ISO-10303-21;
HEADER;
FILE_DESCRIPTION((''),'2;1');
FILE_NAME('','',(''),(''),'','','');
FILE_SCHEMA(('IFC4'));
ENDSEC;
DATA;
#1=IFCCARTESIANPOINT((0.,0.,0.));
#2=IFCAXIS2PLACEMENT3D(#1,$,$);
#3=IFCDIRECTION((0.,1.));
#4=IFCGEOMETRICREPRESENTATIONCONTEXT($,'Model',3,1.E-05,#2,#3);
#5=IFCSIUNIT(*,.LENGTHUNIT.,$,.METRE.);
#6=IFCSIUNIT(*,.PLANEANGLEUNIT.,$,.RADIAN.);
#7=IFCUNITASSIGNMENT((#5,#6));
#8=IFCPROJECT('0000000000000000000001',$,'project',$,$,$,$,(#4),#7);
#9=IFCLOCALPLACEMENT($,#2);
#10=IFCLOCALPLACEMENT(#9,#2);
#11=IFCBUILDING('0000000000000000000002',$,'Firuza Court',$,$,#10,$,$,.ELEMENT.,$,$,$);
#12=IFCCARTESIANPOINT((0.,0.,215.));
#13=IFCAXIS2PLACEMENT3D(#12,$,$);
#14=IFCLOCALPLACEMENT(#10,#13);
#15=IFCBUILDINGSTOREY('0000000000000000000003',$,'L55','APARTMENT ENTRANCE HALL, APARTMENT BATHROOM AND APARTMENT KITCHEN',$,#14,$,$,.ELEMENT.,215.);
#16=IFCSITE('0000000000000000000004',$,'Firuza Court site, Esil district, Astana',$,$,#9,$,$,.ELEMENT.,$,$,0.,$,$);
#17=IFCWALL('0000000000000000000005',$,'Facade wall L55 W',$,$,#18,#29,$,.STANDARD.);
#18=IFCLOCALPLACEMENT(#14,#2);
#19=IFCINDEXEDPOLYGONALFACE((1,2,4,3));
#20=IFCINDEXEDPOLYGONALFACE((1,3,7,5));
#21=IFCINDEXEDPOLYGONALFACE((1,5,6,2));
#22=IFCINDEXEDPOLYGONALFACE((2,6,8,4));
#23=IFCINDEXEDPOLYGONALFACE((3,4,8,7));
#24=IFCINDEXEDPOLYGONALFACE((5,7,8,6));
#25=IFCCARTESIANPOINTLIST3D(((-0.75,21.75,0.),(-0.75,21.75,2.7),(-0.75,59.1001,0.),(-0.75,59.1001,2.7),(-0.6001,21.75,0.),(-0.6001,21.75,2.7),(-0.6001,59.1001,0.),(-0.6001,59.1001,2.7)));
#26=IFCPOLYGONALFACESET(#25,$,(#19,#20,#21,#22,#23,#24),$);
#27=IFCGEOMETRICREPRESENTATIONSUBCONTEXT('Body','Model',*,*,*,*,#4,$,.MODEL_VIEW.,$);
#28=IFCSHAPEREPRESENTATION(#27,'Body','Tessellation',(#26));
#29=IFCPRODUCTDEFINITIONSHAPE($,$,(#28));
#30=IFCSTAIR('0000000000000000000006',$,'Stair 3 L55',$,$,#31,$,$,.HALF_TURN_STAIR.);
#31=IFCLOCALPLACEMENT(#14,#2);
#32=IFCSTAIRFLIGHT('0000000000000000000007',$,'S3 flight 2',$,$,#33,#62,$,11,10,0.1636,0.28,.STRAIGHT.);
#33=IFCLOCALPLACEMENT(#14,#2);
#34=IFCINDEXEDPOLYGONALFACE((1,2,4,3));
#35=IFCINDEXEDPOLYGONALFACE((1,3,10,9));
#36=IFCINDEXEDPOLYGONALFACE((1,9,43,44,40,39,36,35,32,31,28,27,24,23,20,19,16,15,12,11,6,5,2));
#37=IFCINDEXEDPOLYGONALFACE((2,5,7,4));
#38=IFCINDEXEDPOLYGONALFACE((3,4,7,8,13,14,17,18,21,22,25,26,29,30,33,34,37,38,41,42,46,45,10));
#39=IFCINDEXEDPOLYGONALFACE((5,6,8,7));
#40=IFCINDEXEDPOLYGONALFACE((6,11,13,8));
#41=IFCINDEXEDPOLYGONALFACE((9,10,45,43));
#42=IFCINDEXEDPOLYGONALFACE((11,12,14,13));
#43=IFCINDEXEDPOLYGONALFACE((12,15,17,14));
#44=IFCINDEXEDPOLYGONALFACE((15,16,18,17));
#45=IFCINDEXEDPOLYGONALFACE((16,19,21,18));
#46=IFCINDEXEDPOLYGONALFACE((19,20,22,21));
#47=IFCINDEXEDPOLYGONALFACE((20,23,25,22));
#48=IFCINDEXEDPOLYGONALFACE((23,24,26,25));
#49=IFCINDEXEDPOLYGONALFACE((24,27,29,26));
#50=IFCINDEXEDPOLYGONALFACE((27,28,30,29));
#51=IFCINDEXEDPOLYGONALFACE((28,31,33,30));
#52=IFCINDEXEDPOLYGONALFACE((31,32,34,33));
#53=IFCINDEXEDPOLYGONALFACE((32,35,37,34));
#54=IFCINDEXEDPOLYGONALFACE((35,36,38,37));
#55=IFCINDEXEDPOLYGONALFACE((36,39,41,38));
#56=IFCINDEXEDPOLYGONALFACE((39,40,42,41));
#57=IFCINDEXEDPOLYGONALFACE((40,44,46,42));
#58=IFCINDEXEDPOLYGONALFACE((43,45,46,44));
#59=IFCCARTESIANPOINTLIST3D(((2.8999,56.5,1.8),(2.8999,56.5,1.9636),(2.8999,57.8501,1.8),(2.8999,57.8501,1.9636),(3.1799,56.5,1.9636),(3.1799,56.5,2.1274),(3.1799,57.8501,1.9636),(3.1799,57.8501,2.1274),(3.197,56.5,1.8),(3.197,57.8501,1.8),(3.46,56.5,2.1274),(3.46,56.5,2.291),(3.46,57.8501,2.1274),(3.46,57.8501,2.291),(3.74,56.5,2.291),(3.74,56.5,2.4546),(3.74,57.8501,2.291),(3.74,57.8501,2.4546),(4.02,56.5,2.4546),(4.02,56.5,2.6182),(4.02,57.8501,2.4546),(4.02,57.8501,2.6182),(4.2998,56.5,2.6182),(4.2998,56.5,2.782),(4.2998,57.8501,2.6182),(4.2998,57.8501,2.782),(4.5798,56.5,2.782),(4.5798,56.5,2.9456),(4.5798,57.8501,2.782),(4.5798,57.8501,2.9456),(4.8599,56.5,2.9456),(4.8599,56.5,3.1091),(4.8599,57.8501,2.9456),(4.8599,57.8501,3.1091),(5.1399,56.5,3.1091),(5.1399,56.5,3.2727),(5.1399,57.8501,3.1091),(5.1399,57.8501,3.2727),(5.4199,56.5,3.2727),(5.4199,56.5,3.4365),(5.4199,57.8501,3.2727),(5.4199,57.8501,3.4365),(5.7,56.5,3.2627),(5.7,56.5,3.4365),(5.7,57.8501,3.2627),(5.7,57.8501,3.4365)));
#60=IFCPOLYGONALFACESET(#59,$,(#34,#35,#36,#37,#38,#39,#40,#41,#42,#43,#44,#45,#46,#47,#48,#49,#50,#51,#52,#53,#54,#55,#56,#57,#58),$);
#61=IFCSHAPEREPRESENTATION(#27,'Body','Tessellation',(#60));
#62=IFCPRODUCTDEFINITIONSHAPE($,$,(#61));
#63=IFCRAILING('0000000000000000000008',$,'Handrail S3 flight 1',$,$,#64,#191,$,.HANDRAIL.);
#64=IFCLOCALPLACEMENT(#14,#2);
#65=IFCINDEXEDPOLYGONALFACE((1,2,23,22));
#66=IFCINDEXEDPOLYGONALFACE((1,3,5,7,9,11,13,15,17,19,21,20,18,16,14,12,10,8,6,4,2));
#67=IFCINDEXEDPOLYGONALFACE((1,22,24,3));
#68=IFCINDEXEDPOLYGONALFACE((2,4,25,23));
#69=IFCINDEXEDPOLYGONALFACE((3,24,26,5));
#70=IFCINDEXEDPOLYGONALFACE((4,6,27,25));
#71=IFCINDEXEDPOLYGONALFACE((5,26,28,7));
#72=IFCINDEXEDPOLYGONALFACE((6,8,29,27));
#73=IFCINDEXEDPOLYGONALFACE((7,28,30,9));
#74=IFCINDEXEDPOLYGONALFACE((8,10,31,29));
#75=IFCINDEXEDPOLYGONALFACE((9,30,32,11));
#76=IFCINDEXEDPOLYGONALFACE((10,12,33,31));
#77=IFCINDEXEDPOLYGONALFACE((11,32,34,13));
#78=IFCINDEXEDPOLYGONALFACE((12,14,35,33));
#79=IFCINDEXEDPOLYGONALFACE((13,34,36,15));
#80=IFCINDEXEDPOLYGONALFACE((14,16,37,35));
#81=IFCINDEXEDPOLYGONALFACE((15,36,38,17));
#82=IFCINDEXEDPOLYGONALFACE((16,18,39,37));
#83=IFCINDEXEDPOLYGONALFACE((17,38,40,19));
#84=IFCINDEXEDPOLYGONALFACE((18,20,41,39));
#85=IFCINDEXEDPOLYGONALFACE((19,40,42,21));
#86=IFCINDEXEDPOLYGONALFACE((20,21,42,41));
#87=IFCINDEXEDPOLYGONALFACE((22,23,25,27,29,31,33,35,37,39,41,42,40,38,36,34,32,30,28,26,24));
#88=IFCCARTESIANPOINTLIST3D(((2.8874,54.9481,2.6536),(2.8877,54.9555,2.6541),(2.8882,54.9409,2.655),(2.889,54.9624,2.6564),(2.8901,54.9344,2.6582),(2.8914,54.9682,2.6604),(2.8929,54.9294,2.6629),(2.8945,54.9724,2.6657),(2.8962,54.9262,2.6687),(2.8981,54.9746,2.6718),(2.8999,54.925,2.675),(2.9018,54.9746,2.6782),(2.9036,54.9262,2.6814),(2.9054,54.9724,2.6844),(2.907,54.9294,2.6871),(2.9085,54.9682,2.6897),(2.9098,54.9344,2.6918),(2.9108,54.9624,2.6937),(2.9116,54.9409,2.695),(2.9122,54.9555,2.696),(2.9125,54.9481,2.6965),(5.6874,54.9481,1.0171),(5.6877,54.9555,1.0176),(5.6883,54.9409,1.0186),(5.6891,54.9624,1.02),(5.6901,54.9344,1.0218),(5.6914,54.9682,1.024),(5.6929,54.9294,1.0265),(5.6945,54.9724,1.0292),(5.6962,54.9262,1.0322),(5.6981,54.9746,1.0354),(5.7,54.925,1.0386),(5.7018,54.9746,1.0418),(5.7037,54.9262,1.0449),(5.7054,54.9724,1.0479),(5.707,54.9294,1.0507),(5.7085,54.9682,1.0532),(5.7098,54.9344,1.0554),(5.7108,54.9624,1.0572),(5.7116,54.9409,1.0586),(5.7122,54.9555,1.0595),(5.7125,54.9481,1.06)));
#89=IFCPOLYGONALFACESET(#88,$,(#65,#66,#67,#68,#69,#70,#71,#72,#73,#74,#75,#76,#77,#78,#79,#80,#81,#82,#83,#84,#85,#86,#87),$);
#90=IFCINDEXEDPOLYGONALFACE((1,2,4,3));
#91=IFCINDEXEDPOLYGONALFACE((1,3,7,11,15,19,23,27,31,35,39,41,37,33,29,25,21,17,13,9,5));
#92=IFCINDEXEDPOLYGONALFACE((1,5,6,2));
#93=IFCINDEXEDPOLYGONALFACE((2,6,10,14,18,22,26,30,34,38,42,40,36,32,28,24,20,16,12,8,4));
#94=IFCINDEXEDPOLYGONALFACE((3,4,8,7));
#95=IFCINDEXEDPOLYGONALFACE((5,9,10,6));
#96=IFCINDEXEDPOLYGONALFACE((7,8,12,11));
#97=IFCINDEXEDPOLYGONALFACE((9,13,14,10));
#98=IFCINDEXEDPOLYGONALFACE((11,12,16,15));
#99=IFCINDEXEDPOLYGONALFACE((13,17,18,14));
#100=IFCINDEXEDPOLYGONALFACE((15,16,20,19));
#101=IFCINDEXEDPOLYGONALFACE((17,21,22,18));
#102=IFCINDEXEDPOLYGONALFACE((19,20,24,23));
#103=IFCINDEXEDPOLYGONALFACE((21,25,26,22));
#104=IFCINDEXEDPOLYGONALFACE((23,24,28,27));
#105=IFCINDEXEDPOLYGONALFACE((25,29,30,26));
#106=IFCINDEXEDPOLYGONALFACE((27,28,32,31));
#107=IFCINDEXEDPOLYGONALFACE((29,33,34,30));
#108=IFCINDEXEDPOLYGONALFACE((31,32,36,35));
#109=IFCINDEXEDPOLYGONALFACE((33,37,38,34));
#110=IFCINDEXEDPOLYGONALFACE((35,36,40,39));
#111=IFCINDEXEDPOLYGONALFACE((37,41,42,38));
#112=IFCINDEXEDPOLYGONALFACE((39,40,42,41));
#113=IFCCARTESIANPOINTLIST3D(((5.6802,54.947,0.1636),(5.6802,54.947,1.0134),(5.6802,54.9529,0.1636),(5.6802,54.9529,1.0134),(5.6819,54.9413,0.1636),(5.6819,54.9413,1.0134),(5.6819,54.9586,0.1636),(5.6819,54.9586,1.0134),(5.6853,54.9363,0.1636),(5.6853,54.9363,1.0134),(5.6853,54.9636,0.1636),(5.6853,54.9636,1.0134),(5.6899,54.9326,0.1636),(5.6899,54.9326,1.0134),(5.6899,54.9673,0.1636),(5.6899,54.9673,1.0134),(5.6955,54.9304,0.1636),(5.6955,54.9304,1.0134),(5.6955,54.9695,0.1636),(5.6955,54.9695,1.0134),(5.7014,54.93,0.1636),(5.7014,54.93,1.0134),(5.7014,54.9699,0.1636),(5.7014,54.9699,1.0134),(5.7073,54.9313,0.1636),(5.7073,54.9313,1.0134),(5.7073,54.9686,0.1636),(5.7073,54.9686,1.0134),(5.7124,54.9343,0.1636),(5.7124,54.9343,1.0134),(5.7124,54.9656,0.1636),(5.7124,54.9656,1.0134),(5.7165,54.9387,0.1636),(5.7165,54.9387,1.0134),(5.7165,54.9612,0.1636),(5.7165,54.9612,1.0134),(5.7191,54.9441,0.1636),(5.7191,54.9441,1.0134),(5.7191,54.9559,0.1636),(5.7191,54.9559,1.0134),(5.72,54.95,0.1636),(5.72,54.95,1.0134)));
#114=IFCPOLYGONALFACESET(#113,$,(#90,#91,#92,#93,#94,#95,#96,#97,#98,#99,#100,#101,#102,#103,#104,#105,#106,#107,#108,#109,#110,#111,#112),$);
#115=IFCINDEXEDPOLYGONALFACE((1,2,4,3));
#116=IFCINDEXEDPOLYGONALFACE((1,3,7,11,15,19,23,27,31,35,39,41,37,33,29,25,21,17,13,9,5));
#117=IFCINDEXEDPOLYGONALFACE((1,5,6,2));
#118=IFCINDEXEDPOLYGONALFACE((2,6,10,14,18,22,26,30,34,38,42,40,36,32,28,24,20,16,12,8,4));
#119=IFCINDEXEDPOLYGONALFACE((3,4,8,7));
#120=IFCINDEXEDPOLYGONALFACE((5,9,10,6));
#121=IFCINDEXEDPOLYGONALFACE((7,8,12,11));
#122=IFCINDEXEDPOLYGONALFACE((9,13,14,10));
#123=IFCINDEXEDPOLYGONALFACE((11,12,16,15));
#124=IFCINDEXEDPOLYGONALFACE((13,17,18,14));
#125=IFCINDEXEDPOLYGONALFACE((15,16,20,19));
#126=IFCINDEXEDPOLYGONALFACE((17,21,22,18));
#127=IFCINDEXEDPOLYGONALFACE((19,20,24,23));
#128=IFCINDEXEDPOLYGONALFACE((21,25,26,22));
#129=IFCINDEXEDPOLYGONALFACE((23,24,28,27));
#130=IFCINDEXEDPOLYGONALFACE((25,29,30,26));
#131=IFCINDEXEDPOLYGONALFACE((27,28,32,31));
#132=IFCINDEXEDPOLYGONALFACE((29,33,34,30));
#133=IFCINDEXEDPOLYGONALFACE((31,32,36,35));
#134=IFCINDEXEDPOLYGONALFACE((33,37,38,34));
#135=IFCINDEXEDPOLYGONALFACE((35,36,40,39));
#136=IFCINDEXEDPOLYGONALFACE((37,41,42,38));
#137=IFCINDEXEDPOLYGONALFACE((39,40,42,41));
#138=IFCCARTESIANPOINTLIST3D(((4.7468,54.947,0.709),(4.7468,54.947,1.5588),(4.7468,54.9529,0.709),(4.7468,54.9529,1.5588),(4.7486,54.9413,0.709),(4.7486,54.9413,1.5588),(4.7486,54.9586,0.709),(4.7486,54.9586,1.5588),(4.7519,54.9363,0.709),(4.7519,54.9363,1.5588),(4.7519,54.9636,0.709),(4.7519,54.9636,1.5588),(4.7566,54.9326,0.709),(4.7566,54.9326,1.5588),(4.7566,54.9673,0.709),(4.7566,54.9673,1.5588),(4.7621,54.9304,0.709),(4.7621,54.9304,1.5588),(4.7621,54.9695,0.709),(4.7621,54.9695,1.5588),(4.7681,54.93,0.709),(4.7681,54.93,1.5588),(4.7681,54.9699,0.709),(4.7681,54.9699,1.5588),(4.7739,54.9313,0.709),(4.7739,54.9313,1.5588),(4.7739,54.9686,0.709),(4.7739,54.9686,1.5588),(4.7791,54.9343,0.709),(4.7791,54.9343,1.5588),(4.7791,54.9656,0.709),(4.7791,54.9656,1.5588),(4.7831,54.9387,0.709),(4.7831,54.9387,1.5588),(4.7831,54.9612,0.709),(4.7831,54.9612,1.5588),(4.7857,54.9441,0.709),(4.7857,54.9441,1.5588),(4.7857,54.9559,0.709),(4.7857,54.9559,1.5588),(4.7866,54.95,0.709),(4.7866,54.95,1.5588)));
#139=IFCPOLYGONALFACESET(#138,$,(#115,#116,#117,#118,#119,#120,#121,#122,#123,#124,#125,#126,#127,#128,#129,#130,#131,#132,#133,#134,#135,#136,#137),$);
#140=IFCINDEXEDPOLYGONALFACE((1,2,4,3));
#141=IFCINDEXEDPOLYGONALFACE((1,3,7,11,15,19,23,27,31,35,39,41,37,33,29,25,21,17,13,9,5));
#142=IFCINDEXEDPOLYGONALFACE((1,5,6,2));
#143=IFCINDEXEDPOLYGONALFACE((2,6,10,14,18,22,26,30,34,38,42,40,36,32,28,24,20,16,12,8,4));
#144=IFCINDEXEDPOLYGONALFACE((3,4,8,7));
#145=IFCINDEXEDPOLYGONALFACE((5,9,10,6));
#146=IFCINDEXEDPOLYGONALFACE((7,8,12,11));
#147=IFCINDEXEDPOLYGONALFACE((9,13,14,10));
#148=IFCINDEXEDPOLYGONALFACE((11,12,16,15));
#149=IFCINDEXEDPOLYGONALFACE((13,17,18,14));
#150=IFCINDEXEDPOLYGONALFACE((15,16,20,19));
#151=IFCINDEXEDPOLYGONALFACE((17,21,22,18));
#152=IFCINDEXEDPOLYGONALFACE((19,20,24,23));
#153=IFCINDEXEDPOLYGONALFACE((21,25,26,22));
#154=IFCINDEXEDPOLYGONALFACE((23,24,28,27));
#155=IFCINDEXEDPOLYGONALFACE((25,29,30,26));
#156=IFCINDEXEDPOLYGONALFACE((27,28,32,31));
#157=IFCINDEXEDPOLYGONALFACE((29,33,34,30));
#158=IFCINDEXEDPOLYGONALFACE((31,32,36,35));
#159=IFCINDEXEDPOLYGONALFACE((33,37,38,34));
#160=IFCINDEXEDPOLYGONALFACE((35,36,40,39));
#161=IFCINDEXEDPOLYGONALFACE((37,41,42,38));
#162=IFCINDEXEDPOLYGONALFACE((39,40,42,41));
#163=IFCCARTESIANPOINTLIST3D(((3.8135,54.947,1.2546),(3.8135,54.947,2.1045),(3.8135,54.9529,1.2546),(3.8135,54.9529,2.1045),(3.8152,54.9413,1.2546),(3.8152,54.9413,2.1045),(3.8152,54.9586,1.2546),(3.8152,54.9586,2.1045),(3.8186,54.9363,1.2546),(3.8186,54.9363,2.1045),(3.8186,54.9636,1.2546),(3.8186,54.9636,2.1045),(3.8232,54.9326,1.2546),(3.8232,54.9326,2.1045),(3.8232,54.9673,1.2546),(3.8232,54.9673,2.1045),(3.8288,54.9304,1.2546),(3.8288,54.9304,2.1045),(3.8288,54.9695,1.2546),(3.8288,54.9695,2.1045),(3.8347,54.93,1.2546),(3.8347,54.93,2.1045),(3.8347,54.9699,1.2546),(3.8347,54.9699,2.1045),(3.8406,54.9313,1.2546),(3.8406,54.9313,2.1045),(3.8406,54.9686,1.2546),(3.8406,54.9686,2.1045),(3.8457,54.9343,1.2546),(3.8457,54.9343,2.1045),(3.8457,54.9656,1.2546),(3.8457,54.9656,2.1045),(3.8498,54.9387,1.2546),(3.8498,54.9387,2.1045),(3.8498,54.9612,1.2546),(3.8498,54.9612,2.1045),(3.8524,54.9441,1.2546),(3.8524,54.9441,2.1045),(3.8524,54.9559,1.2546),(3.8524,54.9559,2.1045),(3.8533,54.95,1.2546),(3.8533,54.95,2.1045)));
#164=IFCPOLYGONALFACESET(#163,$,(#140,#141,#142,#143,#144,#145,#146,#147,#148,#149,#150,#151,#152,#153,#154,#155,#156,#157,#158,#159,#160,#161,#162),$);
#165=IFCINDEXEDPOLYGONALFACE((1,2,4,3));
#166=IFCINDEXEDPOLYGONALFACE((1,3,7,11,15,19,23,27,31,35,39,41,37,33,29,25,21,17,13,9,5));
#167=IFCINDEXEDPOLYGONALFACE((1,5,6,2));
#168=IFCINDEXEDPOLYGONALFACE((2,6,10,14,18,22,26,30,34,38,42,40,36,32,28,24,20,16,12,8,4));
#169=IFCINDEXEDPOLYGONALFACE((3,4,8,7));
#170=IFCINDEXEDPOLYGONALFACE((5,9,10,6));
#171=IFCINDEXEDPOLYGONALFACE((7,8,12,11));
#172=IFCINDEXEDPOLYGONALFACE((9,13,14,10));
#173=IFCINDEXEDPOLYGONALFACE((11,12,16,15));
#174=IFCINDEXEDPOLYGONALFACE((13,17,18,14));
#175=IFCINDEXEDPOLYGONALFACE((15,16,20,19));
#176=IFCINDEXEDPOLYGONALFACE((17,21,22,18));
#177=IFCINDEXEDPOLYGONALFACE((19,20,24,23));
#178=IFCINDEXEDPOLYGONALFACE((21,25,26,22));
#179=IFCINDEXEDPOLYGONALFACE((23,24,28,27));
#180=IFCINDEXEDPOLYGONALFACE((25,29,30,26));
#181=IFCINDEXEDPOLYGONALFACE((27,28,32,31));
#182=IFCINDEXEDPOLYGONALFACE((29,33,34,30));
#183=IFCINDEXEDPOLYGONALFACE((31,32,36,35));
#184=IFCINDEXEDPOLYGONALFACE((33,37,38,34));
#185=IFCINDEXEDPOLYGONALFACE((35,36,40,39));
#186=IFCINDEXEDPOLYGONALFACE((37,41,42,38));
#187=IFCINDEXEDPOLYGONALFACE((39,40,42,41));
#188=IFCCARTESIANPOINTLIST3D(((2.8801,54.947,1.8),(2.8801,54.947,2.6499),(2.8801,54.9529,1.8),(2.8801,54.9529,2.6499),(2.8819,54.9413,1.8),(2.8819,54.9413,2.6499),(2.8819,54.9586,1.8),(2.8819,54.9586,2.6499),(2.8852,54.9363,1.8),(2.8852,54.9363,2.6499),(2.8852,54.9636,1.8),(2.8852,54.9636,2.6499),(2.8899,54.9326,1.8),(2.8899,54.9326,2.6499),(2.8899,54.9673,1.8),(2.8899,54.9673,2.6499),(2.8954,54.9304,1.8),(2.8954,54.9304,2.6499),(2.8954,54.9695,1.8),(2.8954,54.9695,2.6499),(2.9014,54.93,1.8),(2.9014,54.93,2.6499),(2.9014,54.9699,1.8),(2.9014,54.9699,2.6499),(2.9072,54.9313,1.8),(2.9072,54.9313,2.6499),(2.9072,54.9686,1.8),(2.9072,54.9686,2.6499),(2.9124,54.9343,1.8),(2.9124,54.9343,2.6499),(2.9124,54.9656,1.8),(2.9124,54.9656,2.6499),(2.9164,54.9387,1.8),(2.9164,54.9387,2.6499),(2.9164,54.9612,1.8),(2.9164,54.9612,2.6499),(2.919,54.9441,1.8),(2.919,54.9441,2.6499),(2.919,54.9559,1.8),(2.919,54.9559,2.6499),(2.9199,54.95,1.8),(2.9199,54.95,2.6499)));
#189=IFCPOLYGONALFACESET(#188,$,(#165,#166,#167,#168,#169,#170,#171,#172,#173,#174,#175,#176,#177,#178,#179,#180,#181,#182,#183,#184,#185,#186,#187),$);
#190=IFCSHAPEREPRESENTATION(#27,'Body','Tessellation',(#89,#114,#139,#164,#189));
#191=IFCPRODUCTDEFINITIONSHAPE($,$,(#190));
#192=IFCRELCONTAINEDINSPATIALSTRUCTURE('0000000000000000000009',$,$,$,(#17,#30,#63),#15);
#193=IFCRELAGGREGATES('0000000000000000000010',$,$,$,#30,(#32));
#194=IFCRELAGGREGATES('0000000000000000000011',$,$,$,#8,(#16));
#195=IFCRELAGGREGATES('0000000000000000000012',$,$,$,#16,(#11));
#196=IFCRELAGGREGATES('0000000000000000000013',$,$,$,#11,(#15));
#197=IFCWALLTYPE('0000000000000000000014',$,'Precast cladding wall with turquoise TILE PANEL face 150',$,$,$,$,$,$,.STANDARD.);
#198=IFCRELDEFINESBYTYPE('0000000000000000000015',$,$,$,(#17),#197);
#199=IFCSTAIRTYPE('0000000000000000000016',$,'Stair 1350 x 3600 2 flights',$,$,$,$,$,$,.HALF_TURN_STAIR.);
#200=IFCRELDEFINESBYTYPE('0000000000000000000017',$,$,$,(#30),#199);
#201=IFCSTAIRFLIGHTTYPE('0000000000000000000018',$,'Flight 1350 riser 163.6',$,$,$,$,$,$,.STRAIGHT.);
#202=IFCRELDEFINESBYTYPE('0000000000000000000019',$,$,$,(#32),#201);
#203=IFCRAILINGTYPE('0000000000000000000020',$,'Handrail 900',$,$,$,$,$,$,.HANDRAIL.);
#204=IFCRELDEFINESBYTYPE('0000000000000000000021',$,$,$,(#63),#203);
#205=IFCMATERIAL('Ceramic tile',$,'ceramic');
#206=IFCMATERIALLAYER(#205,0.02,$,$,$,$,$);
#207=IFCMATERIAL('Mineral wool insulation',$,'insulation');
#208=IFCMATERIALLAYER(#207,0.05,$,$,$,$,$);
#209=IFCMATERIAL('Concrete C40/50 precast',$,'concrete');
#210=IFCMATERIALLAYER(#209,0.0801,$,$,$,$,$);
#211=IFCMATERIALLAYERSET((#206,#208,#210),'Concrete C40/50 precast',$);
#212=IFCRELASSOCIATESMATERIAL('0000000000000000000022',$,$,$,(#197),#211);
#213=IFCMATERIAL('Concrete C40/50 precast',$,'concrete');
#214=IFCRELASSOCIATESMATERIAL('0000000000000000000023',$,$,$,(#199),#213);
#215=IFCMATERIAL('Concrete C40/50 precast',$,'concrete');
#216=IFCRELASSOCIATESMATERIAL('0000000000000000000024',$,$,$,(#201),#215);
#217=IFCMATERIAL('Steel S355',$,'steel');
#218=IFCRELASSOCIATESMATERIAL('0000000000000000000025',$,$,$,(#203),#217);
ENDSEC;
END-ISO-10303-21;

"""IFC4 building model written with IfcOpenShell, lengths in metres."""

from ifc_helpers import new_model, si_unit, direction, frame, frame_2d, origin, origin_2d, place, context, subcontext, project, spatial, polyline, rectangle, circle, outline, extrude, material, layer, layer_set, type_object, element, aggregate, save


model = new_model("IFC4")

# Units and contexts
model_context = context("Model", 3, precision=1e-05, world=origin(), true_north=direction((0.0, 1.0)))
body_context = subcontext(model_context, "Body", "Model", "MODEL_VIEW")
ifc_project = project(units=[si_unit("LENGTHUNIT", "METRE"), si_unit("PLANEANGLEUNIT", "RADIAN")], contexts=[model_context])

# Site, building, storey
site_placement = place(None, origin())
site = spatial("IfcSite", under=ifc_project, at=site_placement, Name="Firuza Court site, Esil district, Astana", CompositionType="ELEMENT", RefElevation=0.0)
building_placement = place(site_placement, origin())
building = spatial("IfcBuilding", under=site, at=building_placement, Name="Firuza Court", CompositionType="ELEMENT")
storey_placement = place(building_placement, frame((0.0, 0.0, 215.0)))
storey = spatial("IfcBuildingStorey", under=building, at=storey_placement, Name="L55", Description="APARTMENT ENTRANCE HALL, APARTMENT BATHROOM AND APARTMENT KITCHEN", CompositionType="ELEMENT", Elevation=215.0)

# Wall
ifc_material_1 = material(Name="Ceramic tile", Category="ceramic")
ifc_layer_1 = layer(ifc_material_1, 0.02)
ifc_material_2 = material(Name="Mineral wool insulation", Category="insulation")
ifc_layer_2 = layer(ifc_material_2, 0.05)
ifc_material_3 = material(Name="Concrete C40/50 precast", Category="concrete")
ifc_layer_3 = layer(ifc_material_3, 0.0801)
ifc_layer_set_1 = layer_set([ifc_layer_1, ifc_layer_2, ifc_layer_3], Name="Concrete C40/50 precast")
wall_type_1 = type_object("IfcWallType", Name="Precast cladding wall with turquoise TILE PANEL face 150", PredefinedType="STANDARD", material=ifc_layer_set_1)
wall_1_placement = place(storey_placement, frame((-0.675, 59.1001, 0.0), z_axis=(0.0, 0.0, 1.0), x_axis=(0.0, -1.0, 0.0)))
element("IfcWall", 1, at=wall_1_placement, inside=storey, type_object=wall_type_1, Name="Facade wall L55 W", PredefinedType="STANDARD", context=body_context, shape_type="SweptSolid", body=[
    extrude(rectangle(XDim=37.3501, YDim=0.1499, at=frame_2d((18.675, 0.0))), origin(), (0.0, 0.0, 1.0), 2.7),
])

# Stair, stair flight
ifc_material_4 = material(Name="Concrete C40/50 precast", Category="concrete")
stair_type = type_object("IfcStairType", Name="Stair 1350 x 3600 2 flights", PredefinedType="HALF_TURN_STAIR", material=ifc_material_4)
stair_placement = place(storey_placement, origin())
stair = element("IfcStair", 2, at=stair_placement, inside=storey, type_object=stair_type, Name="Stair 3 L55", PredefinedType="HALF_TURN_STAIR")
ifc_material_5 = material(Name="Concrete C40/50 precast", Category="concrete")
stair_flight_type = type_object("IfcStairFlightType", Name="Flight 1350 riser 163.6", PredefinedType="STRAIGHT", material=ifc_material_5)
stair_flight_placement = place(storey_placement, frame((2.8999, 57.175, 1.8), z_axis=(0.0, 0.0, 1.0), x_axis=(1.0, 0.0, 0.0)))
stair_flight = element("IfcStairFlight", 3, at=stair_flight_placement, type_object=stair_flight_type, Name="S3 flight 2", NumberOfRisers=11, NumberOfTreads=10, PredefinedType="STRAIGHT", RiserHeight=0.1636, TreadLength=0.28, context=body_context, shape_type="SweptSolid", body=[
    extrude(outline(polyline([(0.0, 0.0), (0.0, 0.1636), (0.28, 0.1636), (0.28, 0.3274), (0.5601, 0.3274), (0.5601, 0.491), (0.8401, 0.491), (0.8401, 0.6545), (1.1201, 0.6545), (1.1201, 0.8181), (1.3999, 0.8181), (1.3999, 0.9819), (1.6799, 0.9819), (1.6799, 1.1455), (1.96, 1.1455), (1.96, 1.3091), (2.24, 1.3091), (2.24, 1.4727), (2.52, 1.4727), (2.52, 1.6365), (2.8, 1.6365), (2.8, 1.8), (2.8, 1.4626), (0.2971, 0.0), (0.0, 0.0)])), frame((0.0, 0.675, 0.0), z_axis=(0.0, -1.0, 0.0), x_axis=(1.0, 0.0, 0.0)), (0.0, 0.0, 1.0), 1.3501),
])
aggregate(stair, [stair_flight])

# Railing
ifc_material_6 = material(Name="Steel S355", Category="steel")
railing_type_1 = type_object("IfcRailingType", Name="Handrail 900", PredefinedType="HANDRAIL", material=ifc_material_6)
railing_1_placement = place(storey_placement, frame((5.7, 54.95, 0.1636)))
element("IfcRailing", 4, at=railing_1_placement, inside=storey, type_object=railing_type_1, Name="Handrail S3 flight 1", PredefinedType="HANDRAIL", context=body_context, shape_type="SweptSolid", body=[
    extrude(circle(Radius=0.0249, at=origin_2d()), frame((0.0, 0.0, 0.875), z_axis=(-0.863361, 0.0, 0.504587), x_axis=(0.0, -1.0, 0.0)), (0.0, 0.0, 1.0), 3.2432),
    extrude(circle(Radius=0.02, at=origin_2d()), origin(), (0.0, 0.0, 1.0), 0.8499),
    extrude(circle(Radius=0.02, at=origin_2d()), frame((-0.9333, 0.0, 0.5454)), (0.0, 0.0, 1.0), 0.8499),
    extrude(circle(Radius=0.02, at=origin_2d()), frame((-1.8667, 0.0, 1.0911)), (0.0, 0.0, 1.0), 0.8499),
    extrude(circle(Radius=0.02, at=origin_2d()), frame((-2.8, 0.0, 1.6365)), (0.0, 0.0, 1.0), 0.8499),
])

save(model, "model.ifc")
